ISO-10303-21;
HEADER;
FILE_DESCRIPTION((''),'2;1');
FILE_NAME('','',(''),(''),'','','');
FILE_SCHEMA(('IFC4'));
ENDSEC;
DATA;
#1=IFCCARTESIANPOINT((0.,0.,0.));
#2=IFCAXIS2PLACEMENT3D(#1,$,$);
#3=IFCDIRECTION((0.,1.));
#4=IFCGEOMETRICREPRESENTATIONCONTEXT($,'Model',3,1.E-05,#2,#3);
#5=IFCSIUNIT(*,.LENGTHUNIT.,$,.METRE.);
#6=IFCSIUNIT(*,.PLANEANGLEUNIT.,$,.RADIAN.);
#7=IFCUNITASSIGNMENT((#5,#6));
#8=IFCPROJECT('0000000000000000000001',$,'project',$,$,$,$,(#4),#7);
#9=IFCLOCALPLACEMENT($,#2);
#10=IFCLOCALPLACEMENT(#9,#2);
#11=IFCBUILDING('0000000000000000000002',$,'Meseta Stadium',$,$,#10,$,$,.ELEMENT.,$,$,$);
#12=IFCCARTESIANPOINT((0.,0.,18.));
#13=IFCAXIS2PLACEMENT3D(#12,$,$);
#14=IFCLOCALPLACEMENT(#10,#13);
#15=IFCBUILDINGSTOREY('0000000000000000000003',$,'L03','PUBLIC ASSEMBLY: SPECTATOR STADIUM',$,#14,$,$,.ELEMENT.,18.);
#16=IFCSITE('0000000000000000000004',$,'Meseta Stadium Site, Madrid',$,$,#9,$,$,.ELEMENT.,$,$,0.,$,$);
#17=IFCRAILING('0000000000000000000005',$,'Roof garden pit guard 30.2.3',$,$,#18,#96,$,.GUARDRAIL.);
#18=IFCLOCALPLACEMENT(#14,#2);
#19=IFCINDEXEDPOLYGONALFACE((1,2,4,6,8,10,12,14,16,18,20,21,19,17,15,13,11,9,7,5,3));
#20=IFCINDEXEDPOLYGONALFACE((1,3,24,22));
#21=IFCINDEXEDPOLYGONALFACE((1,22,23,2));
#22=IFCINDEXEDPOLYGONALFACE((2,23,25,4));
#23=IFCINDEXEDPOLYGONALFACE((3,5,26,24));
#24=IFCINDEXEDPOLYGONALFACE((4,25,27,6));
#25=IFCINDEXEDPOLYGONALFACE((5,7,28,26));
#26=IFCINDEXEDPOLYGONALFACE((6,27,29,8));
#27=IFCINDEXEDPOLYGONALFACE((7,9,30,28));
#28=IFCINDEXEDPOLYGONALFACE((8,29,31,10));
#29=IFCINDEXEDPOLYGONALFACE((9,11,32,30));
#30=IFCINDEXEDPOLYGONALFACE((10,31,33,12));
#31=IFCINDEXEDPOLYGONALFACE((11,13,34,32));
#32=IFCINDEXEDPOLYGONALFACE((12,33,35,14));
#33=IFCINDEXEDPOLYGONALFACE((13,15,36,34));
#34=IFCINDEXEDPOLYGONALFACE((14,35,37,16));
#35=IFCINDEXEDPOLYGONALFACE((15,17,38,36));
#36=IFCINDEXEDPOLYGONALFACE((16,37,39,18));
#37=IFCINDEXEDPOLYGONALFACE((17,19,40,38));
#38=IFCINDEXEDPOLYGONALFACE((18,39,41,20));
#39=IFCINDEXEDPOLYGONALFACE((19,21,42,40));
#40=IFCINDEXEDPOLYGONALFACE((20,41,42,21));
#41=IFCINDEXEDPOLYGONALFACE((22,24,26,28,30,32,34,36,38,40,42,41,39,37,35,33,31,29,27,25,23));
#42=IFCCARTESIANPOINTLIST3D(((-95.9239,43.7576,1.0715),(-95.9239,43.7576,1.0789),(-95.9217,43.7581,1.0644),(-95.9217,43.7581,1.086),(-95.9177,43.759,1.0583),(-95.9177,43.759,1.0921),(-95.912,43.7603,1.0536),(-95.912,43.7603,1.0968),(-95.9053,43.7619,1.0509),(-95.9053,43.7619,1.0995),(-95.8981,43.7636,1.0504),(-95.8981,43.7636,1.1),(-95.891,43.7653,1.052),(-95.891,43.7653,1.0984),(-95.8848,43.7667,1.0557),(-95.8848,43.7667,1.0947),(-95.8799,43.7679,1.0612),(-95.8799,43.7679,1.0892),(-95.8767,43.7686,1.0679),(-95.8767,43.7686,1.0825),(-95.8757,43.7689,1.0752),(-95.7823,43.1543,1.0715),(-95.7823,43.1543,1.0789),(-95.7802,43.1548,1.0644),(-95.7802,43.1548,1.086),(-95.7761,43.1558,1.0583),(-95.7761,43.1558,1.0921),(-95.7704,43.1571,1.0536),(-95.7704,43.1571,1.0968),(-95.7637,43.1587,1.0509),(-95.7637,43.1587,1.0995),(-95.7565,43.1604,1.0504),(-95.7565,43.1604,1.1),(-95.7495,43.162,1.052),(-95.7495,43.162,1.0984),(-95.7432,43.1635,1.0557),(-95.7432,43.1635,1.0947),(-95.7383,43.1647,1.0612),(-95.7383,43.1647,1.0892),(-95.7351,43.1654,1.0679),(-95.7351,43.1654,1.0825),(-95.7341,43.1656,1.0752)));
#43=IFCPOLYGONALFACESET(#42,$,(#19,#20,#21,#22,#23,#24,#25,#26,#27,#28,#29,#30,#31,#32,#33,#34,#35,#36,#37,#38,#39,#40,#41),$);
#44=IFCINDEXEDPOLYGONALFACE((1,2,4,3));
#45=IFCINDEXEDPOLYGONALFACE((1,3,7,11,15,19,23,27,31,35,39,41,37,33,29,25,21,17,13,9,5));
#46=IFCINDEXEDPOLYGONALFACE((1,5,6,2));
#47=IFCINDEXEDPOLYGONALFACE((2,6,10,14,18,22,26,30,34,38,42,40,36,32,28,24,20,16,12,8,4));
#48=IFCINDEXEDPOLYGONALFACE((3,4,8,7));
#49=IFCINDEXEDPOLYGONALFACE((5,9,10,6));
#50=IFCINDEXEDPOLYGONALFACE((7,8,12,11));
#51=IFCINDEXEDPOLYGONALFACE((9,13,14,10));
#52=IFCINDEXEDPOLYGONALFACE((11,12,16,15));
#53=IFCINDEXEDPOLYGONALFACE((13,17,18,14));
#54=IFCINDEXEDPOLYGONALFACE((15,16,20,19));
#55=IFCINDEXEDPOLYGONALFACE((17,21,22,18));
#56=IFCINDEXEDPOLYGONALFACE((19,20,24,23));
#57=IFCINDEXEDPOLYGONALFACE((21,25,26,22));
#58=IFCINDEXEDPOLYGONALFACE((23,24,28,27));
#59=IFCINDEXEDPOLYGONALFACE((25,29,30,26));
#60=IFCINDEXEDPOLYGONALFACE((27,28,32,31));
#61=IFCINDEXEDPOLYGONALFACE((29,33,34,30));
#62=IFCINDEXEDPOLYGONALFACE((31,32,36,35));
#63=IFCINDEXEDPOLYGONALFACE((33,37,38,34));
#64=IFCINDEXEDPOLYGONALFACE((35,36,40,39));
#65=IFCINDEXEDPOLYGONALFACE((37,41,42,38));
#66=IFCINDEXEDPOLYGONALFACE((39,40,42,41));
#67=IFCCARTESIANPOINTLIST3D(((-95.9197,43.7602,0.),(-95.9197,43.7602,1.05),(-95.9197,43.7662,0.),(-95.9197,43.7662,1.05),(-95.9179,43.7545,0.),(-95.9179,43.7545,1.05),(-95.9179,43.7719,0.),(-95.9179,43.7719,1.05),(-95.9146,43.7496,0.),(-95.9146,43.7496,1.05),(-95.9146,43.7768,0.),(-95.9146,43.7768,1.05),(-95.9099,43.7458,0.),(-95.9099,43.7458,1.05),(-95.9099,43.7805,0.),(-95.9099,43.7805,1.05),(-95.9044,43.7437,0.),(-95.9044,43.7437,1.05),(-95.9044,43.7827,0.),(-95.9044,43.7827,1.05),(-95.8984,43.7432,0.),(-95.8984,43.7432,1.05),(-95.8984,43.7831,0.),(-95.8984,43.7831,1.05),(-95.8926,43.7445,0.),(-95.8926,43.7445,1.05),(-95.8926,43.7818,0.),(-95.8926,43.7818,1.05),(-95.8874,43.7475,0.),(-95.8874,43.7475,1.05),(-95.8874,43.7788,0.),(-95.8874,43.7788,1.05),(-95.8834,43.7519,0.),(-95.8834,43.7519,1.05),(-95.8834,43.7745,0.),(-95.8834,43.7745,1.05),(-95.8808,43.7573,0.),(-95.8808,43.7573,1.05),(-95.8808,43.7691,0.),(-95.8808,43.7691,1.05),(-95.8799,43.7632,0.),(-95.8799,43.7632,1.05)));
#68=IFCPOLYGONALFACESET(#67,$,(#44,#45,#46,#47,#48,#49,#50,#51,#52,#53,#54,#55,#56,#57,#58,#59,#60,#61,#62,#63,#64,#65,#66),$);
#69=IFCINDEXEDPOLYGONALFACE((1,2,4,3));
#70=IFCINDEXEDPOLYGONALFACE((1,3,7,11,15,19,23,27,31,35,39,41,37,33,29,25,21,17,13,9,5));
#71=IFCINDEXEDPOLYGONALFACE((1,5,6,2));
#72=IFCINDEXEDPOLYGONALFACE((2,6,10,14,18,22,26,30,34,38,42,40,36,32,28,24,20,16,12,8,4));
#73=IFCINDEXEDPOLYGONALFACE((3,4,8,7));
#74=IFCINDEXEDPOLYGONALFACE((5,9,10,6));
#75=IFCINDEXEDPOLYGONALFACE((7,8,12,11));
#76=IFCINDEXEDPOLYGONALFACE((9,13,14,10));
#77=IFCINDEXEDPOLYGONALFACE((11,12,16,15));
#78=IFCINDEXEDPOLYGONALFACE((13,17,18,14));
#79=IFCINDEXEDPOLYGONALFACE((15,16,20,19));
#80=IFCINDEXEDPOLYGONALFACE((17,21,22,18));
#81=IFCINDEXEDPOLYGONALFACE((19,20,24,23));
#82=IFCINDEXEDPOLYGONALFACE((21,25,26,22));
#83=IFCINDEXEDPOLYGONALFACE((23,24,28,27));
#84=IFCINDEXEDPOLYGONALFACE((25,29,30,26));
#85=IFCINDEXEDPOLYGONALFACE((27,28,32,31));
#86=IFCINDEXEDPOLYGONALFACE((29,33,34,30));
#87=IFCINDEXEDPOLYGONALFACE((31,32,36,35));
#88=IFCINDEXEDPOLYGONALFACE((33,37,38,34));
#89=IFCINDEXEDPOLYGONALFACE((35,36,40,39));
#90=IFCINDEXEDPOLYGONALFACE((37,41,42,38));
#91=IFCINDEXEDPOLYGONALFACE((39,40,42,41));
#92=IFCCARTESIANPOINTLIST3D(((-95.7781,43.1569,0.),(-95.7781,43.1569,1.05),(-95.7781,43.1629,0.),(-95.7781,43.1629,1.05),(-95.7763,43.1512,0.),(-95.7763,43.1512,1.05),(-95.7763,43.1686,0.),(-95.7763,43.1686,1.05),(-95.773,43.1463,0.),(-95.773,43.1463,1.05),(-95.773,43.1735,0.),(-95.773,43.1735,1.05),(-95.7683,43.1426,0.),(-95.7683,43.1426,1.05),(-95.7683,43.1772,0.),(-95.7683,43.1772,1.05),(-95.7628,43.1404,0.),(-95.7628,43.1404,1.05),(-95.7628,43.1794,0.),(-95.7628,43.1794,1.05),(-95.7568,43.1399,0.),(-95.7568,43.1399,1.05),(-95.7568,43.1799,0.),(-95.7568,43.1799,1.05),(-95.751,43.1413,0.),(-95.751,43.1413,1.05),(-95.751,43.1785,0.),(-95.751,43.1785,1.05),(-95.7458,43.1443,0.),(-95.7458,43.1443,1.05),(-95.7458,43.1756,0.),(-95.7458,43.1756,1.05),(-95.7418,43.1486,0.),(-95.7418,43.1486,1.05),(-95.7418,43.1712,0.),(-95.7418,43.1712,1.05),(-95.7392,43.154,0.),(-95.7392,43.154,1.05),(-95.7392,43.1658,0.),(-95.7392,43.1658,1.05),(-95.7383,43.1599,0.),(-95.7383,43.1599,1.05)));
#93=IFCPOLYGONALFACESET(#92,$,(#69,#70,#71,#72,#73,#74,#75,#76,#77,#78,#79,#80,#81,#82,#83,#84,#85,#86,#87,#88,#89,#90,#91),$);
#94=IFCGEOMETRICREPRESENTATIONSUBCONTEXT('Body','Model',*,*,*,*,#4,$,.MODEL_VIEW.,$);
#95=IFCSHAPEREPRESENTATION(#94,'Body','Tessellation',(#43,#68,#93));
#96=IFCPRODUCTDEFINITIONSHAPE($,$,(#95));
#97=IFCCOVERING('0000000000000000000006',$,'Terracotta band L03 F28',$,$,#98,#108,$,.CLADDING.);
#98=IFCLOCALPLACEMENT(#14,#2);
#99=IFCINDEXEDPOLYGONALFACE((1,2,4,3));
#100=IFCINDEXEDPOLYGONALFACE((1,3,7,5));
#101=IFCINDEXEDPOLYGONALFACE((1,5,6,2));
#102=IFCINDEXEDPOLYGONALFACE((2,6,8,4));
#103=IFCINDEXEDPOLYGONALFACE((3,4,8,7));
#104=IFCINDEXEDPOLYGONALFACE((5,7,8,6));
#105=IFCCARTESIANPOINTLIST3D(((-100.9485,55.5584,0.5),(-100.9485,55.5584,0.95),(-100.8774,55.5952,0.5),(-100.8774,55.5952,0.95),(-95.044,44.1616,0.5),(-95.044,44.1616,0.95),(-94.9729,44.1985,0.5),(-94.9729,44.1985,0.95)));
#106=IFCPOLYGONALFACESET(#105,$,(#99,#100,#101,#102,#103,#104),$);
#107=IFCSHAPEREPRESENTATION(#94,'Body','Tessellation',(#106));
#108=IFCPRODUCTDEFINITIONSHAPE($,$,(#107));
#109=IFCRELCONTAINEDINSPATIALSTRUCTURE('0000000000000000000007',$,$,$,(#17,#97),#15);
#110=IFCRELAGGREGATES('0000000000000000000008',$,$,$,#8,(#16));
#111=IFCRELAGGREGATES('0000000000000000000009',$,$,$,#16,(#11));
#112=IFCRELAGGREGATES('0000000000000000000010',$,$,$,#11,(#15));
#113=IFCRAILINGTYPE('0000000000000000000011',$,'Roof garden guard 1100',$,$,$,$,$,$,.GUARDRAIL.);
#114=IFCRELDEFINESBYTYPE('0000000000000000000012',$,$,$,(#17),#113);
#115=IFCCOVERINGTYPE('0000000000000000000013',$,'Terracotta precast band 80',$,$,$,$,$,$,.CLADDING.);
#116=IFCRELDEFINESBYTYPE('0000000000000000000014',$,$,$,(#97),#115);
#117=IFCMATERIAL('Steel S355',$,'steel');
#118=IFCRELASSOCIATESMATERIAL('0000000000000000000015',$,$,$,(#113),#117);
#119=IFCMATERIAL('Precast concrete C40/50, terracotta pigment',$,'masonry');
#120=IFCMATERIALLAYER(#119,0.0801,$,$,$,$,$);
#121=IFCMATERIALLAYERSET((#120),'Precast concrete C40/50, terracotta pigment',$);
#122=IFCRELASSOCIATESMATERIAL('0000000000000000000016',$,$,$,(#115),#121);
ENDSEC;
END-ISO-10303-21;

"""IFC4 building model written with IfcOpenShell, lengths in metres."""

from ifc_helpers import new_model, si_unit, direction, frame, origin, origin_2d, place, context, subcontext, project, spatial, rectangle, circle, extrude, material, layer, layer_set, type_object, element, save


model = new_model("IFC4")

# Units and contexts
model_context = context("Model", 3, precision=1e-05, world=origin(), true_north=direction((0.0, 1.0)))
body_context = subcontext(model_context, "Body", "Model", "MODEL_VIEW")
ifc_project = project(units=[si_unit("LENGTHUNIT", "METRE"), si_unit("PLANEANGLEUNIT", "RADIAN")], contexts=[model_context])

# Site, building, storey
site_placement = place(None, origin())
site = spatial("IfcSite", under=ifc_project, at=site_placement, Name="Meseta Stadium Site, Madrid", CompositionType="ELEMENT", RefElevation=0.0)
building_placement = place(site_placement, origin())
building = spatial("IfcBuilding", under=site, at=building_placement, Name="Meseta Stadium", CompositionType="ELEMENT")
storey_placement = place(building_placement, frame((0.0, 0.0, 18.0)))
storey = spatial("IfcBuildingStorey", under=building, at=storey_placement, Name="L03", Description="PUBLIC ASSEMBLY: SPECTATOR STADIUM", CompositionType="ELEMENT", Elevation=18.0)

# Railing
ifc_material_1 = material(Name="Steel S355", Category="steel")
railing_type = type_object("IfcRailingType", Name="Roof garden guard 1100", PredefinedType="GUARDRAIL", material=ifc_material_1)
railing_1_placement = place(storey_placement, frame((-95.8999, 43.7632, 0.0)))
element("IfcRailing", 1, at=railing_1_placement, inside=storey, type_object=railing_type, Name="Roof garden pit guard 30.2.3", PredefinedType="GUARDRAIL", context=body_context, shape_type="SweptSolid", body=[
    extrude(circle(Radius=0.0249, at=origin_2d()), frame((0.0, 0.0, 1.0752), z_axis=(0.228512, -0.973541, 0.0), x_axis=(0.973541, 0.228512, 0.0)), (0.0, 0.0, 1.0), 0.6196),
    extrude(circle(Radius=0.02, at=origin_2d()), origin(), (0.0, 0.0, 1.0), 1.05),
    extrude(circle(Radius=0.02, at=origin_2d()), frame((0.1416, -0.6033, 0.0)), (0.0, 0.0, 1.0), 1.05),
])

# Covering
ifc_material_2 = material(Name="Precast concrete C40/50, terracotta pigment", Category="masonry")
ifc_layer_1 = layer(ifc_material_2, 0.0801)
ifc_layer_set_1 = layer_set([ifc_layer_1], Name="Precast concrete C40/50, terracotta pigment")
covering_type_1 = type_object("IfcCoveringType", Name="Terracotta precast band 80", PredefinedType="CLADDING", material=ifc_layer_set_1)
covering_1_placement = place(storey_placement, frame((-97.9607, 49.8784, 0.5), z_axis=(0.0, 0.0, 1.0), x_axis=(-0.460015, 0.887911, 0.0)))
element("IfcCovering", 2, at=covering_1_placement, inside=storey, type_object=covering_type_1, Name="Terracotta band L03 F28", PredefinedType="CLADDING", context=body_context, shape_type="SweptSolid", body=[
    extrude(rectangle(XDim=12.8354, YDim=0.0801, at=origin_2d()), origin(), (0.0, 0.0, 1.0), 0.45),
])

save(model, "model.ifc")
